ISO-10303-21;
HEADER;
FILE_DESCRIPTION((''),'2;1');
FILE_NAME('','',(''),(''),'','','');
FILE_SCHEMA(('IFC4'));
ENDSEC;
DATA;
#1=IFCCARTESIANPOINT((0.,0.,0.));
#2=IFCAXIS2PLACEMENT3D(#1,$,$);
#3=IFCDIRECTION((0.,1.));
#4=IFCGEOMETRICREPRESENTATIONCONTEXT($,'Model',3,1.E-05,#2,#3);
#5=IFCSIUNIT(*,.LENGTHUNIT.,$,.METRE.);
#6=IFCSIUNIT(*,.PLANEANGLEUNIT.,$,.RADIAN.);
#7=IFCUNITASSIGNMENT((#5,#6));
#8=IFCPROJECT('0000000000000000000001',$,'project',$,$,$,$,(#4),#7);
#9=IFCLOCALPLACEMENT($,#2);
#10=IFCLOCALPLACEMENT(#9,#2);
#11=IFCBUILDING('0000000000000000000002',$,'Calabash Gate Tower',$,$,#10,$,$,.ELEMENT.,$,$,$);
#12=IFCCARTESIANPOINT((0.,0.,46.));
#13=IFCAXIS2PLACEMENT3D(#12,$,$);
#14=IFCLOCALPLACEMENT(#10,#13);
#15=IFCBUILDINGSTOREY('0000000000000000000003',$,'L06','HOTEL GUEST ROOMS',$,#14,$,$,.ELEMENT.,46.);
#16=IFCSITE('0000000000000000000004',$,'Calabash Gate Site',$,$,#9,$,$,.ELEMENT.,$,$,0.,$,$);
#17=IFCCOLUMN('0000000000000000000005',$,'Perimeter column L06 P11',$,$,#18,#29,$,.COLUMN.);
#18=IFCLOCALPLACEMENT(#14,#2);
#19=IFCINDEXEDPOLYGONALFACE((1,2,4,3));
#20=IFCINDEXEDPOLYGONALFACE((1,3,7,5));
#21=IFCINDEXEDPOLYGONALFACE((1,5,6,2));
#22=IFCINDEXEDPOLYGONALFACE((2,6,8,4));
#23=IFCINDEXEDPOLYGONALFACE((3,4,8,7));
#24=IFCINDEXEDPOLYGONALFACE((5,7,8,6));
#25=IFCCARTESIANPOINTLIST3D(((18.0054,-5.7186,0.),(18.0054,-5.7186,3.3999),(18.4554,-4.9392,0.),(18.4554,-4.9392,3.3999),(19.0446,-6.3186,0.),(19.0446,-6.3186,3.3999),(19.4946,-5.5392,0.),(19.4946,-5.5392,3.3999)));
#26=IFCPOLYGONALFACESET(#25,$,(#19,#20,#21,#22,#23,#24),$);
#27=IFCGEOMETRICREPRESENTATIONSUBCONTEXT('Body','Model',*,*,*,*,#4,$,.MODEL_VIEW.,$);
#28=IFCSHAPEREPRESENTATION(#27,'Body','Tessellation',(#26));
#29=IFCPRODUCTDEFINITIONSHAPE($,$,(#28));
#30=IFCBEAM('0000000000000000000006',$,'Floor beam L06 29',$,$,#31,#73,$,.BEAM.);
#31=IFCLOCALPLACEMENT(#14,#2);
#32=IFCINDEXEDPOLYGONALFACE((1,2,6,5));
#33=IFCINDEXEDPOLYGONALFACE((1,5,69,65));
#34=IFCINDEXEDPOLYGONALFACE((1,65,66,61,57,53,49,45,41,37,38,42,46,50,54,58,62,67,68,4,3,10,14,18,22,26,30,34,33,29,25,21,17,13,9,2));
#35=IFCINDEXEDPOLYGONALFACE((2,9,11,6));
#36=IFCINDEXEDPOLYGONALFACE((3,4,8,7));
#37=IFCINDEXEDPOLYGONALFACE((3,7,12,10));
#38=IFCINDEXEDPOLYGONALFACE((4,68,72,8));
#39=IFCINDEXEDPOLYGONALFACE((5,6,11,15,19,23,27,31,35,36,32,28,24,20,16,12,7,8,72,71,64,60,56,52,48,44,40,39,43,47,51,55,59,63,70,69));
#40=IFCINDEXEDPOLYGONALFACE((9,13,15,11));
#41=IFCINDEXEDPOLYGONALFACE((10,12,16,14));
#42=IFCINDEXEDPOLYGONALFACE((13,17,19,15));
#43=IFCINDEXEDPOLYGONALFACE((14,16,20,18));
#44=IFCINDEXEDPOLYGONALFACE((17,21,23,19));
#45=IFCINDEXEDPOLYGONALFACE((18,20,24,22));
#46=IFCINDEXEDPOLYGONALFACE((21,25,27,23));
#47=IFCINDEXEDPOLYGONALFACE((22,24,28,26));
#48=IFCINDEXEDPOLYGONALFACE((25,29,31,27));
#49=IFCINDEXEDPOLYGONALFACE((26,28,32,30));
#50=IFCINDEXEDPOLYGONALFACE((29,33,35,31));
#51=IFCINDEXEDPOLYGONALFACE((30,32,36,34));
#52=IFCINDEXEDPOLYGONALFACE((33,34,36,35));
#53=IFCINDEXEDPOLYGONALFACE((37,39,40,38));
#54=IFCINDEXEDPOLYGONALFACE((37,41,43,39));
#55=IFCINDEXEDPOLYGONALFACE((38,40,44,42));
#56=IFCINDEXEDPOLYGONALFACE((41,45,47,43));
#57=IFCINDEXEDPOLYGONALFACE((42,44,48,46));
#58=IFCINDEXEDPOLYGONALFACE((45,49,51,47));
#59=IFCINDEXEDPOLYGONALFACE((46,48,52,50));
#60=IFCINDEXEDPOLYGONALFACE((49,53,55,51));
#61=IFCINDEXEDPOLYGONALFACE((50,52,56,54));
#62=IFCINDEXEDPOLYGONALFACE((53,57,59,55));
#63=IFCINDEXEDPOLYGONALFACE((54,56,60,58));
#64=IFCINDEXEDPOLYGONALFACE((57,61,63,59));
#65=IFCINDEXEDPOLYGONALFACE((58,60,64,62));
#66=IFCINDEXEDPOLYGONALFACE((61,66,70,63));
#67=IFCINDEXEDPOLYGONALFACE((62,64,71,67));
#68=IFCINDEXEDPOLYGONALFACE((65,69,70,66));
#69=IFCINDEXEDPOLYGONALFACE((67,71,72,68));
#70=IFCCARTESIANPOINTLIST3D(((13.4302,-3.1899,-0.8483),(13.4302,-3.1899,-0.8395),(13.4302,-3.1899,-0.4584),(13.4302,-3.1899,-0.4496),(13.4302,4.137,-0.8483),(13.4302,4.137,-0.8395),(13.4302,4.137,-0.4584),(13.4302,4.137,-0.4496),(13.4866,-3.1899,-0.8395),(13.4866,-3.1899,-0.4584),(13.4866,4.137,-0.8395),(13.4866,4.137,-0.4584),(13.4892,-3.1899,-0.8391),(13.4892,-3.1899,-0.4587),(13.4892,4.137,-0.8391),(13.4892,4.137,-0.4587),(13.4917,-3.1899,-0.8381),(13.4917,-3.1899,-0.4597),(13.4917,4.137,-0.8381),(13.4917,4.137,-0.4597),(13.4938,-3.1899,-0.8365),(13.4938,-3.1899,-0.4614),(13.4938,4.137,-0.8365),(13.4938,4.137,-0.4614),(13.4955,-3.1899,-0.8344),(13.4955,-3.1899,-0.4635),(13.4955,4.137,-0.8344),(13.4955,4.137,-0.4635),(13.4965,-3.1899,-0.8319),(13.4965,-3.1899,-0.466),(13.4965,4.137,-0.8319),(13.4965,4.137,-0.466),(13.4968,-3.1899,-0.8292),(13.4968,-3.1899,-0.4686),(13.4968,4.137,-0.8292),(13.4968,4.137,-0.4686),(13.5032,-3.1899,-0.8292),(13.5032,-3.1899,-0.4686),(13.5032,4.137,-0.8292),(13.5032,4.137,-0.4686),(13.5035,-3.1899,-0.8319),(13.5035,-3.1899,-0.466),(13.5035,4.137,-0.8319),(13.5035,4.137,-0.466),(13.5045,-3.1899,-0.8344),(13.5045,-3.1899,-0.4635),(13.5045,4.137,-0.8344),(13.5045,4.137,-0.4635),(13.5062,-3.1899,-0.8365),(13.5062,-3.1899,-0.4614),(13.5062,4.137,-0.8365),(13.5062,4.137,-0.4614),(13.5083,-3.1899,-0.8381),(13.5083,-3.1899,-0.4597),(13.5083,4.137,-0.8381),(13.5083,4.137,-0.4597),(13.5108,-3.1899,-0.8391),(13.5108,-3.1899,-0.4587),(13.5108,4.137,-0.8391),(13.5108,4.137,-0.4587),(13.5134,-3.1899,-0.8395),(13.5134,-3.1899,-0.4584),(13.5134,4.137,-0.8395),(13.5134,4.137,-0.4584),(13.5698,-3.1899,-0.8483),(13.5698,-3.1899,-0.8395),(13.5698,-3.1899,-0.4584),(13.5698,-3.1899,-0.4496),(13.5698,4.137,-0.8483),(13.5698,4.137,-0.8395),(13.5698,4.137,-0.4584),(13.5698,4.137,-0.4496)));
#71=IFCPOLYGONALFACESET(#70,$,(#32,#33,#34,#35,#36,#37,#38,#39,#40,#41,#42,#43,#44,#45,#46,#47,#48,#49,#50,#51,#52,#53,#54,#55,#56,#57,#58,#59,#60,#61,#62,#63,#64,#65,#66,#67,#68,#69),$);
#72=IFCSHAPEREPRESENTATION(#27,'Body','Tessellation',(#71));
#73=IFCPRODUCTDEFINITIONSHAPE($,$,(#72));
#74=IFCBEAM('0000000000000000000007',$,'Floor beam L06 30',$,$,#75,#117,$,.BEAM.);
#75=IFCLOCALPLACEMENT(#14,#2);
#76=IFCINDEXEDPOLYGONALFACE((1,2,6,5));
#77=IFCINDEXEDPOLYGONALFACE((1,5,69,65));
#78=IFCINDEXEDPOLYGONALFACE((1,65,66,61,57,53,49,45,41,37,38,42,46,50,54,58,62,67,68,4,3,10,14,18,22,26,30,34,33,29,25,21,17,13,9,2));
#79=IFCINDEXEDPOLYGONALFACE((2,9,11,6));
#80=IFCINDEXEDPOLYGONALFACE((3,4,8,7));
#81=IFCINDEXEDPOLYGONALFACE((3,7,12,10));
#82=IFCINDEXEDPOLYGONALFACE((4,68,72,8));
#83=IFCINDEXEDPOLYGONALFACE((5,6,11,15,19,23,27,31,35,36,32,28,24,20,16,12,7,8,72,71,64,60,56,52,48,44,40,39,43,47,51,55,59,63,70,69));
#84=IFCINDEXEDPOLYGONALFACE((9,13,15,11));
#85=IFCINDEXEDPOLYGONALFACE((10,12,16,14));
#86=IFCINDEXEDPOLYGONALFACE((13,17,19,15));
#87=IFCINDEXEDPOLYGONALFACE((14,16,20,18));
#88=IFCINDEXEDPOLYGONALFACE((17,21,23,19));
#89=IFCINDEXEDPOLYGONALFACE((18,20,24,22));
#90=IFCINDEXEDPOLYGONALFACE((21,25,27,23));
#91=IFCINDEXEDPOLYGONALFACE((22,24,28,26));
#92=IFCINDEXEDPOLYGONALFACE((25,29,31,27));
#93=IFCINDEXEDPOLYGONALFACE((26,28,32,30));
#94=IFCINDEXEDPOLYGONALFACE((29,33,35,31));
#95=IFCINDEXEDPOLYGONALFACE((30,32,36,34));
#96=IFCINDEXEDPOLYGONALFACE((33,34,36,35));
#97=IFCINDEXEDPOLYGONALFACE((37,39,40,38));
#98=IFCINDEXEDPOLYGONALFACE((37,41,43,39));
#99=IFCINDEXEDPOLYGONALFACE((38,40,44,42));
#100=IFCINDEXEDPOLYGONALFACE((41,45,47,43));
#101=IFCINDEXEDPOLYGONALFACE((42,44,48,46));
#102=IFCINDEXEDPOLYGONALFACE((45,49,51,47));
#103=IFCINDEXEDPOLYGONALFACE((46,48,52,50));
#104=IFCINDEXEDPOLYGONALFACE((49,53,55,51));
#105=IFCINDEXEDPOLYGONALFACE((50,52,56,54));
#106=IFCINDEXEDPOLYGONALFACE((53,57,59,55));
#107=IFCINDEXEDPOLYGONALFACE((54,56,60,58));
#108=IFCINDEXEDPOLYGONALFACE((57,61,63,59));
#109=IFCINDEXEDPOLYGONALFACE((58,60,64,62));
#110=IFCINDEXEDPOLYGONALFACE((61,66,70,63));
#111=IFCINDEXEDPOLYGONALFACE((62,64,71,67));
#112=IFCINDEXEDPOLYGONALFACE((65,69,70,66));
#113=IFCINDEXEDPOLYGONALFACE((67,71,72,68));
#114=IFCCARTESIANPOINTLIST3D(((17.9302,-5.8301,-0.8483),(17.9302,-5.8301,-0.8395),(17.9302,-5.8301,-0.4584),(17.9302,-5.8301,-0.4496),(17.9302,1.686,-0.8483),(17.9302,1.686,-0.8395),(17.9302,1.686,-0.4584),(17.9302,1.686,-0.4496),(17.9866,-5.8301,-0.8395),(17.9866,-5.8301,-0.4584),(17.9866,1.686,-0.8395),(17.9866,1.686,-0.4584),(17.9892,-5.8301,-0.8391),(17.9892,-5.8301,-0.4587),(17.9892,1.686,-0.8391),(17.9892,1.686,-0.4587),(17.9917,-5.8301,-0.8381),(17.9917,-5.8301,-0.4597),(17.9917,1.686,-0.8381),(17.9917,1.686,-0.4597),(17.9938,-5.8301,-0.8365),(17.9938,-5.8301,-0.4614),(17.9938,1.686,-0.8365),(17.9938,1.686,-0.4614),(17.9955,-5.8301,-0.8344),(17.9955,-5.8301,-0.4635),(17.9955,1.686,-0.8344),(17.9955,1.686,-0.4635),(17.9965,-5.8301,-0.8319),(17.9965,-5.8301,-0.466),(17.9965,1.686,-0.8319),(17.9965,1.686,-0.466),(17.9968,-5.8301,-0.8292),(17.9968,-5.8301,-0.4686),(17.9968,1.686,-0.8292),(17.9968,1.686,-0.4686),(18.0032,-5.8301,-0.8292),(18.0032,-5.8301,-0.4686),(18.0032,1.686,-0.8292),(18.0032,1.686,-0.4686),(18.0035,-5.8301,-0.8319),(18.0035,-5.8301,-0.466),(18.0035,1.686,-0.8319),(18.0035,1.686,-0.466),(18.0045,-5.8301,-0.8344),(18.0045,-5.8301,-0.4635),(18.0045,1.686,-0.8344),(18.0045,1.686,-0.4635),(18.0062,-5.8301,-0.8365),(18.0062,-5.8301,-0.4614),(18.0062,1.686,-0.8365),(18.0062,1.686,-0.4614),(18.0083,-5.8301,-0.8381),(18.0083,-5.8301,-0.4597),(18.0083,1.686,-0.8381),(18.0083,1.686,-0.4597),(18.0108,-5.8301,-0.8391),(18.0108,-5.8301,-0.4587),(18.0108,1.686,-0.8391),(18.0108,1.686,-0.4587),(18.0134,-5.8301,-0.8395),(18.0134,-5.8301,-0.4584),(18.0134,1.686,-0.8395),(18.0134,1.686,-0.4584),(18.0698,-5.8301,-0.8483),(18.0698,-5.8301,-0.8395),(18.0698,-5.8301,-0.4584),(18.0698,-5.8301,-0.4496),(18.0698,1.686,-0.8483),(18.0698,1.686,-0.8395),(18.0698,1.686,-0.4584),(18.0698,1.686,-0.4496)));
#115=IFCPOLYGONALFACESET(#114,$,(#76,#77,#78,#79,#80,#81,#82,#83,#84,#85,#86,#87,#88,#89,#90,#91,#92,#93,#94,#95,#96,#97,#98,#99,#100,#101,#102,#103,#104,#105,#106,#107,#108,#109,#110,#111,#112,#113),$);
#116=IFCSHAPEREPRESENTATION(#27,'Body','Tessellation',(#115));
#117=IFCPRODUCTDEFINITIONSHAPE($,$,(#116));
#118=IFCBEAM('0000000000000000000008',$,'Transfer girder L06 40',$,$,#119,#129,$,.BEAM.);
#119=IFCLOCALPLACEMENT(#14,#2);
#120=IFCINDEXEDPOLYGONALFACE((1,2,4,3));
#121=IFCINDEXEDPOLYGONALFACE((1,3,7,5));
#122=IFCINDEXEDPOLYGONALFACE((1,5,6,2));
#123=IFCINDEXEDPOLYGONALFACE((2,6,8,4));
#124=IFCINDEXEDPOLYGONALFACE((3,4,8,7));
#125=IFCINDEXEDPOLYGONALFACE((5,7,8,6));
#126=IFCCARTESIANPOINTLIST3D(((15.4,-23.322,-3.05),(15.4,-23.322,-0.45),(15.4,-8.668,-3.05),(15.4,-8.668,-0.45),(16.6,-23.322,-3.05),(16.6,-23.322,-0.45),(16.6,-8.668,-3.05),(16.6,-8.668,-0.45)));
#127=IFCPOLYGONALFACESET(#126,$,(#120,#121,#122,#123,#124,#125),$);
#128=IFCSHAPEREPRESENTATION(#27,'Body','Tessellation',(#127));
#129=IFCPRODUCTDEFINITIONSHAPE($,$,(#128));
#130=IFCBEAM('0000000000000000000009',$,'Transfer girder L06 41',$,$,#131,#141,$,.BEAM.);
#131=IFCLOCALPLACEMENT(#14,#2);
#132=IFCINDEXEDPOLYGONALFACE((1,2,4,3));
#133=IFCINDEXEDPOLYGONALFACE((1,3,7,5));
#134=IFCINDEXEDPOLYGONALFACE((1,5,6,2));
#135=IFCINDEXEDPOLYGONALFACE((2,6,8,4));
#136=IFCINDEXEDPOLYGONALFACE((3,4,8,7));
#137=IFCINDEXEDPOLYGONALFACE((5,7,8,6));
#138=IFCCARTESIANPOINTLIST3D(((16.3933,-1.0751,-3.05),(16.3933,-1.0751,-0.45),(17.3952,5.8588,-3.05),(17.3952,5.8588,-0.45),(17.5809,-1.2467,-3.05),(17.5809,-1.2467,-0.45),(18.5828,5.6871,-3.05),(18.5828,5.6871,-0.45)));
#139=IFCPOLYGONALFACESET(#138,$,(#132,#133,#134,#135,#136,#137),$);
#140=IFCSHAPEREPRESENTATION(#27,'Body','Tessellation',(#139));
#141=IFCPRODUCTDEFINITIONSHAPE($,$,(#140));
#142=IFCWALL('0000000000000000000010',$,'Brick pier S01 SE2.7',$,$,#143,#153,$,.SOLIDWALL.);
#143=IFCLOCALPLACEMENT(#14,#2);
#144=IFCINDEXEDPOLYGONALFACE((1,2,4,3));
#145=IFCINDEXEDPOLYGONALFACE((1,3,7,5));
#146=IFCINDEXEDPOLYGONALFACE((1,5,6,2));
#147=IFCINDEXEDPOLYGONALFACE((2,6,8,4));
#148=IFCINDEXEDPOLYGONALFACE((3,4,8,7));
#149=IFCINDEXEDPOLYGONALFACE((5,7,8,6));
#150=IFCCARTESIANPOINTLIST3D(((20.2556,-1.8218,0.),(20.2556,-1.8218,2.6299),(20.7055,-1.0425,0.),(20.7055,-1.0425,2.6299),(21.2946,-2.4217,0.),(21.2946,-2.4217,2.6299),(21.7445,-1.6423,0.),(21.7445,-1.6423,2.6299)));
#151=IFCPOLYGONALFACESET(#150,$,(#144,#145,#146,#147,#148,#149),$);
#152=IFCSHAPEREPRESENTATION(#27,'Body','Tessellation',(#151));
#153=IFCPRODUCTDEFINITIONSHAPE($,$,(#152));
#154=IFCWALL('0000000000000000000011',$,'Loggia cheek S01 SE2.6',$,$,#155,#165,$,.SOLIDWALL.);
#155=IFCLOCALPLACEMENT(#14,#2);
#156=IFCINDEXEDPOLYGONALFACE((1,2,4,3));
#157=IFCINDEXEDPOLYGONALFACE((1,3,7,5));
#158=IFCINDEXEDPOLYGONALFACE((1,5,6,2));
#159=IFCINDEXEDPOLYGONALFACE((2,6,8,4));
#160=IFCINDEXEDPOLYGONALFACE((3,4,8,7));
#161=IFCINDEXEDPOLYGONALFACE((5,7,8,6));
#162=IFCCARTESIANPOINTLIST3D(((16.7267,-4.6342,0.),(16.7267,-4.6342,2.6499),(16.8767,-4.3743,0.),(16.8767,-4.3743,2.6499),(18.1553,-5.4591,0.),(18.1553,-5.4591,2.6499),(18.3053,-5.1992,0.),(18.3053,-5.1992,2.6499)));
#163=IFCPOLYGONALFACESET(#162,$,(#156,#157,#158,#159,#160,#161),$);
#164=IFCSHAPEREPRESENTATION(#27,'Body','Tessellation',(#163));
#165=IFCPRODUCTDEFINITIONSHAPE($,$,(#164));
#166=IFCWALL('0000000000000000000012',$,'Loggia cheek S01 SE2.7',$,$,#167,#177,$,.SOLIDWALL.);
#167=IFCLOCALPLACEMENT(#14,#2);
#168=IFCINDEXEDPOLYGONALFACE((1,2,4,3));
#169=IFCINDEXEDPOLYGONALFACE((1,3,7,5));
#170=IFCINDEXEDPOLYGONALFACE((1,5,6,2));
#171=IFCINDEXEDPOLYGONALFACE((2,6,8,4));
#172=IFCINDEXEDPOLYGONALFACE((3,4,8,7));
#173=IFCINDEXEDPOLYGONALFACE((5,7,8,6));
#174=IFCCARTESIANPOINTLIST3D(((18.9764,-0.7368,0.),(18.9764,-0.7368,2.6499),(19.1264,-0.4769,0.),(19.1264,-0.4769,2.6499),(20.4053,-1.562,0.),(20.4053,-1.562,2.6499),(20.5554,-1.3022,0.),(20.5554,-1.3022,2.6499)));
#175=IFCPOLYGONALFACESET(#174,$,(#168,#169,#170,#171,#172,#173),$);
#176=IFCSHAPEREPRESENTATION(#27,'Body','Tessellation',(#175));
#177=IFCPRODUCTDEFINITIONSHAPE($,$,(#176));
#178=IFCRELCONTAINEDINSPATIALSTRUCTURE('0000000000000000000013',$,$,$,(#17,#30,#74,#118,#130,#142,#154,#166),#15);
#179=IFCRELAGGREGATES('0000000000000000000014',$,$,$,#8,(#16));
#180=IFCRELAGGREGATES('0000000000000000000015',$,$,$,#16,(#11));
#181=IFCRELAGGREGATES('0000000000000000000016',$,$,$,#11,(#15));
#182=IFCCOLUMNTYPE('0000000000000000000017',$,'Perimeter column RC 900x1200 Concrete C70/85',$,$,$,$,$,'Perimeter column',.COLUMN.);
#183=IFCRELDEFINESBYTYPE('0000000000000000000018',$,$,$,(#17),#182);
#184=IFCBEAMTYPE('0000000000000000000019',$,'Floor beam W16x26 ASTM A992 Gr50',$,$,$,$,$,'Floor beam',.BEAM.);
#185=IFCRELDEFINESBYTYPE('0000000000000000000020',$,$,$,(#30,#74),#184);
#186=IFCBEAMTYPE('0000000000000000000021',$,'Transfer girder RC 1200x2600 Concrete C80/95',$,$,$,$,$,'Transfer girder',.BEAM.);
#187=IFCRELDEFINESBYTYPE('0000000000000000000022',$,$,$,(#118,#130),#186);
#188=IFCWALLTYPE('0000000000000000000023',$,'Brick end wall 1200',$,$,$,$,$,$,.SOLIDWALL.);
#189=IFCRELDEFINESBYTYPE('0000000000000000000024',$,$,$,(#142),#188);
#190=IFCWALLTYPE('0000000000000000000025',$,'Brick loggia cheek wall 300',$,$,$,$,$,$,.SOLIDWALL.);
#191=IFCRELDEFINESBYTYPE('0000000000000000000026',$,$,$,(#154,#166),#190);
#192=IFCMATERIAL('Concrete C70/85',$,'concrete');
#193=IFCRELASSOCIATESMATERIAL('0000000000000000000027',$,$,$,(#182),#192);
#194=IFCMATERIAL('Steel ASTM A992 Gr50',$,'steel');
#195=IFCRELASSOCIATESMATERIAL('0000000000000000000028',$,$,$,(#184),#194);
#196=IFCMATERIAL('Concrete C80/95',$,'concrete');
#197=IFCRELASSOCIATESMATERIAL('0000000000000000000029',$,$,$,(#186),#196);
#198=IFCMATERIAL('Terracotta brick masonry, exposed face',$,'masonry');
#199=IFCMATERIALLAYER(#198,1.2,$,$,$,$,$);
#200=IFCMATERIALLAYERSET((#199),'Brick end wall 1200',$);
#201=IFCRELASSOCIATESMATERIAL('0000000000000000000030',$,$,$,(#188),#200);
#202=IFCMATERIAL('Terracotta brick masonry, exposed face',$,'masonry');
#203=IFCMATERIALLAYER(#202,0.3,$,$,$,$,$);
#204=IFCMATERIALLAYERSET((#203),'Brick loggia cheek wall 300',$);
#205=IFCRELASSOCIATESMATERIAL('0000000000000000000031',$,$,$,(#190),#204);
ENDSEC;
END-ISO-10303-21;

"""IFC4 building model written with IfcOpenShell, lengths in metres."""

from ifc_helpers import new_model, si_unit, direction, frame, frame_2d, origin, origin_2d, place, context, subcontext, project, spatial, rectangle, i_section, extrude, material, layer, layer_set, material_profile, profile_set, type_object, element, save


model = new_model("IFC4")

# Units and contexts
model_context = context("Model", 3, precision=1e-05, world=origin(), true_north=direction((0.0, 1.0)))
body_context = subcontext(model_context, "Body", "Model", "MODEL_VIEW")
ifc_project = project(units=[si_unit("LENGTHUNIT", "METRE"), si_unit("PLANEANGLEUNIT", "RADIAN")], contexts=[model_context])

# Site, building, storey
site_placement = place(None, origin())
site = spatial("IfcSite", under=ifc_project, at=site_placement, Name="Calabash Gate Site", CompositionType="ELEMENT", RefElevation=0.0)
building_placement = place(site_placement, origin())
building = spatial("IfcBuilding", under=site, at=building_placement, Name="Calabash Gate Tower", CompositionType="ELEMENT")
storey_placement = place(building_placement, frame((0.0, 0.0, 46.0)))
storey = spatial("IfcBuildingStorey", under=building, at=storey_placement, Name="L06", Description="HOTEL GUEST ROOMS", CompositionType="ELEMENT", Elevation=46.0)

# Column
ifc_material_1 = material(Name="Concrete C70/85", Category="concrete")
ifc_material_profile_1 = material_profile(ifc_material_1, rectangle(XDim=0.8999, YDim=1.2, at=origin_2d()))
ifc_profile_set_1 = profile_set([ifc_material_profile_1], Name="Concrete C70/85")
column_type = type_object("IfcColumnType", Name="Perimeter column RC 900x1200 Concrete C70/85", ElementType="Perimeter column", PredefinedType="COLUMN", material=ifc_profile_set_1)
column_placement = place(storey_placement, frame((18.75, -5.6289, 0.0), z_axis=(0.0, 0.0, 1.0), x_axis=(0.5, 0.866025, 0.0)))
element("IfcColumn", 1, at=column_placement, inside=storey, type_object=column_type, Name="Perimeter column L06 P11", PredefinedType="COLUMN", context=body_context, shape_type="SweptSolid", body=[
    extrude(rectangle(XDim=0.8999, YDim=1.2, at=origin_2d()), origin(), (0.0, 0.0, 1.0), 3.3999),
])

# Beams
ifc_material_2 = material(Name="Steel ASTM A992 Gr50", Category="steel")
ifc_material_profile_2 = material_profile(ifc_material_2, i_section(OverallWidth=0.1396, OverallDepth=0.3987, WebThickness=0.0063, FlangeThickness=0.0088, FilletRadius=0.0103, at=origin_2d()))
ifc_profile_set_2 = profile_set([ifc_material_profile_2], Name="Steel ASTM A992 Gr50")
beam_type_1 = type_object("IfcBeamType", Name="Floor beam W16x26 ASTM A992 Gr50", ElementType="Floor beam", PredefinedType="BEAM", material=ifc_profile_set_2)
beam_1_placement = place(storey_placement, frame((13.5, -3.1899, -0.6489), z_axis=(0.0, 1.0, 0.0), x_axis=(-1.0, 0.0, 0.0)))
element("IfcBeam", 2, at=beam_1_placement, inside=storey, type_object=beam_type_1, Name="Floor beam L06 29", PredefinedType="BEAM", context=body_context, shape_type="SweptSolid", body=[
    extrude(i_section(OverallWidth=0.1396, OverallDepth=0.3987, WebThickness=0.0063, FlangeThickness=0.0088, FilletRadius=0.0103, at=origin_2d()), origin(), (0.0, 0.0, 1.0), 7.3269),
])
beam_2_placement = place(storey_placement, frame((18.0, -5.8301, -0.6489), z_axis=(0.0, 1.0, 0.0), x_axis=(-1.0, 0.0, 0.0)))
element("IfcBeam", 3, at=beam_2_placement, inside=storey, type_object=beam_type_1, Name="Floor beam L06 30", PredefinedType="BEAM", context=body_context, shape_type="SweptSolid", body=[
    extrude(i_section(OverallWidth=0.1396, OverallDepth=0.3987, WebThickness=0.0063, FlangeThickness=0.0088, FilletRadius=0.0103, at=origin_2d()), origin(), (0.0, 0.0, 1.0), 7.5161),
])
ifc_material_3 = material(Name="Concrete C80/95", Category="concrete")
ifc_material_profile_3 = material_profile(ifc_material_3, rectangle(XDim=1.2, YDim=2.6001, at=origin_2d()))
ifc_profile_set_3 = profile_set([ifc_material_profile_3], Name="Concrete C80/95")
beam_type_2 = type_object("IfcBeamType", Name="Transfer girder RC 1200x2600 Concrete C80/95", ElementType="Transfer girder", PredefinedType="BEAM", material=ifc_profile_set_3)
beam_3_placement = place(storey_placement, frame((16.0, -8.668, -1.75), z_axis=(0.0, -1.0, 0.0), x_axis=(1.0, 0.0, 0.0)))
element("IfcBeam", 4, at=beam_3_placement, inside=storey, type_object=beam_type_2, Name="Transfer girder L06 40", PredefinedType="BEAM", context=body_context, shape_type="SweptSolid", body=[
    extrude(rectangle(XDim=1.2, YDim=2.6001, at=origin_2d()), origin(), (0.0, 0.0, 1.0), 14.6541),
])
beam_4_placement = place(storey_placement, frame((16.9871, -1.1609, -1.75), z_axis=(0.143017, 0.98972, 0.0), x_axis=(-0.98972, 0.143017, 0.0)))
element("IfcBeam", 5, at=beam_4_placement, inside=storey, type_object=beam_type_2, Name="Transfer girder L06 41", PredefinedType="BEAM", context=body_context, shape_type="SweptSolid", body=[
    extrude(rectangle(XDim=1.2, YDim=2.6001, at=origin_2d()), origin(), (0.0, 0.0, 1.0), 7.0059),
])

# Walls
ifc_material_4 = material(Name="Terracotta brick masonry, exposed face", Category="masonry")
ifc_layer_1 = layer(ifc_material_4, 1.2)
ifc_layer_set_1 = layer_set([ifc_layer_1], Name="Brick end wall 1200")
wall_type_1 = type_object("IfcWallType", Name="Brick end wall 1200", PredefinedType="SOLIDWALL", material=ifc_layer_set_1)
wall_1_placement = place(storey_placement, frame((21.5195, -2.032, 0.0), z_axis=(0.0, 0.0, 1.0), x_axis=(-0.866043, 0.499969, 0.0)))
element("IfcWall", 6, at=wall_1_placement, inside=storey, type_object=wall_type_1, Name="Brick pier S01 SE2.7", PredefinedType="SOLIDWALL", context=body_context, shape_type="SweptSolid", body=[
    extrude(rectangle(XDim=1.1997, YDim=0.8999, at=frame_2d((0.5999, 0.0))), origin(), (0.0, 0.0, 1.0), 2.6299),
])
ifc_material_5 = material(Name="Terracotta brick masonry, exposed face", Category="masonry")
ifc_layer_2 = layer(ifc_material_5, 0.3)
ifc_layer_set_2 = layer_set([ifc_layer_2], Name="Brick loggia cheek wall 300")
wall_type_2 = type_object("IfcWallType", Name="Brick loggia cheek wall 300", PredefinedType="SOLIDWALL", material=ifc_layer_set_2)
wall_2_placement = place(storey_placement, frame((18.2302, -5.3291, 0.0), z_axis=(0.0, 0.0, 1.0), x_axis=(-0.866003, 0.500038, 0.0)))
element("IfcWall", 7, at=wall_2_placement, inside=storey, type_object=wall_type_2, Name="Loggia cheek S01 SE2.6", PredefinedType="SOLIDWALL", context=body_context, shape_type="SweptSolid", body=[
    extrude(rectangle(XDim=1.6497, YDim=0.3, at=frame_2d((0.8247, 0.0))), origin(), (0.0, 0.0, 1.0), 2.6499),
])
wall_3_placement = place(storey_placement, frame((20.4805, -1.4321, 0.0), z_axis=(0.0, 0.0, 1.0), x_axis=(-0.865976, 0.500085, 0.0)))
element("IfcWall", 8, at=wall_3_placement, inside=storey, type_object=wall_type_2, Name="Loggia cheek S01 SE2.7", PredefinedType="SOLIDWALL", context=body_context, shape_type="SweptSolid", body=[
    extrude(rectangle(XDim=1.6501, YDim=0.3, at=frame_2d((0.8252, 0.0))), origin(), (0.0, 0.0, 1.0), 2.6499),
])

save(model, "model.ifc")
